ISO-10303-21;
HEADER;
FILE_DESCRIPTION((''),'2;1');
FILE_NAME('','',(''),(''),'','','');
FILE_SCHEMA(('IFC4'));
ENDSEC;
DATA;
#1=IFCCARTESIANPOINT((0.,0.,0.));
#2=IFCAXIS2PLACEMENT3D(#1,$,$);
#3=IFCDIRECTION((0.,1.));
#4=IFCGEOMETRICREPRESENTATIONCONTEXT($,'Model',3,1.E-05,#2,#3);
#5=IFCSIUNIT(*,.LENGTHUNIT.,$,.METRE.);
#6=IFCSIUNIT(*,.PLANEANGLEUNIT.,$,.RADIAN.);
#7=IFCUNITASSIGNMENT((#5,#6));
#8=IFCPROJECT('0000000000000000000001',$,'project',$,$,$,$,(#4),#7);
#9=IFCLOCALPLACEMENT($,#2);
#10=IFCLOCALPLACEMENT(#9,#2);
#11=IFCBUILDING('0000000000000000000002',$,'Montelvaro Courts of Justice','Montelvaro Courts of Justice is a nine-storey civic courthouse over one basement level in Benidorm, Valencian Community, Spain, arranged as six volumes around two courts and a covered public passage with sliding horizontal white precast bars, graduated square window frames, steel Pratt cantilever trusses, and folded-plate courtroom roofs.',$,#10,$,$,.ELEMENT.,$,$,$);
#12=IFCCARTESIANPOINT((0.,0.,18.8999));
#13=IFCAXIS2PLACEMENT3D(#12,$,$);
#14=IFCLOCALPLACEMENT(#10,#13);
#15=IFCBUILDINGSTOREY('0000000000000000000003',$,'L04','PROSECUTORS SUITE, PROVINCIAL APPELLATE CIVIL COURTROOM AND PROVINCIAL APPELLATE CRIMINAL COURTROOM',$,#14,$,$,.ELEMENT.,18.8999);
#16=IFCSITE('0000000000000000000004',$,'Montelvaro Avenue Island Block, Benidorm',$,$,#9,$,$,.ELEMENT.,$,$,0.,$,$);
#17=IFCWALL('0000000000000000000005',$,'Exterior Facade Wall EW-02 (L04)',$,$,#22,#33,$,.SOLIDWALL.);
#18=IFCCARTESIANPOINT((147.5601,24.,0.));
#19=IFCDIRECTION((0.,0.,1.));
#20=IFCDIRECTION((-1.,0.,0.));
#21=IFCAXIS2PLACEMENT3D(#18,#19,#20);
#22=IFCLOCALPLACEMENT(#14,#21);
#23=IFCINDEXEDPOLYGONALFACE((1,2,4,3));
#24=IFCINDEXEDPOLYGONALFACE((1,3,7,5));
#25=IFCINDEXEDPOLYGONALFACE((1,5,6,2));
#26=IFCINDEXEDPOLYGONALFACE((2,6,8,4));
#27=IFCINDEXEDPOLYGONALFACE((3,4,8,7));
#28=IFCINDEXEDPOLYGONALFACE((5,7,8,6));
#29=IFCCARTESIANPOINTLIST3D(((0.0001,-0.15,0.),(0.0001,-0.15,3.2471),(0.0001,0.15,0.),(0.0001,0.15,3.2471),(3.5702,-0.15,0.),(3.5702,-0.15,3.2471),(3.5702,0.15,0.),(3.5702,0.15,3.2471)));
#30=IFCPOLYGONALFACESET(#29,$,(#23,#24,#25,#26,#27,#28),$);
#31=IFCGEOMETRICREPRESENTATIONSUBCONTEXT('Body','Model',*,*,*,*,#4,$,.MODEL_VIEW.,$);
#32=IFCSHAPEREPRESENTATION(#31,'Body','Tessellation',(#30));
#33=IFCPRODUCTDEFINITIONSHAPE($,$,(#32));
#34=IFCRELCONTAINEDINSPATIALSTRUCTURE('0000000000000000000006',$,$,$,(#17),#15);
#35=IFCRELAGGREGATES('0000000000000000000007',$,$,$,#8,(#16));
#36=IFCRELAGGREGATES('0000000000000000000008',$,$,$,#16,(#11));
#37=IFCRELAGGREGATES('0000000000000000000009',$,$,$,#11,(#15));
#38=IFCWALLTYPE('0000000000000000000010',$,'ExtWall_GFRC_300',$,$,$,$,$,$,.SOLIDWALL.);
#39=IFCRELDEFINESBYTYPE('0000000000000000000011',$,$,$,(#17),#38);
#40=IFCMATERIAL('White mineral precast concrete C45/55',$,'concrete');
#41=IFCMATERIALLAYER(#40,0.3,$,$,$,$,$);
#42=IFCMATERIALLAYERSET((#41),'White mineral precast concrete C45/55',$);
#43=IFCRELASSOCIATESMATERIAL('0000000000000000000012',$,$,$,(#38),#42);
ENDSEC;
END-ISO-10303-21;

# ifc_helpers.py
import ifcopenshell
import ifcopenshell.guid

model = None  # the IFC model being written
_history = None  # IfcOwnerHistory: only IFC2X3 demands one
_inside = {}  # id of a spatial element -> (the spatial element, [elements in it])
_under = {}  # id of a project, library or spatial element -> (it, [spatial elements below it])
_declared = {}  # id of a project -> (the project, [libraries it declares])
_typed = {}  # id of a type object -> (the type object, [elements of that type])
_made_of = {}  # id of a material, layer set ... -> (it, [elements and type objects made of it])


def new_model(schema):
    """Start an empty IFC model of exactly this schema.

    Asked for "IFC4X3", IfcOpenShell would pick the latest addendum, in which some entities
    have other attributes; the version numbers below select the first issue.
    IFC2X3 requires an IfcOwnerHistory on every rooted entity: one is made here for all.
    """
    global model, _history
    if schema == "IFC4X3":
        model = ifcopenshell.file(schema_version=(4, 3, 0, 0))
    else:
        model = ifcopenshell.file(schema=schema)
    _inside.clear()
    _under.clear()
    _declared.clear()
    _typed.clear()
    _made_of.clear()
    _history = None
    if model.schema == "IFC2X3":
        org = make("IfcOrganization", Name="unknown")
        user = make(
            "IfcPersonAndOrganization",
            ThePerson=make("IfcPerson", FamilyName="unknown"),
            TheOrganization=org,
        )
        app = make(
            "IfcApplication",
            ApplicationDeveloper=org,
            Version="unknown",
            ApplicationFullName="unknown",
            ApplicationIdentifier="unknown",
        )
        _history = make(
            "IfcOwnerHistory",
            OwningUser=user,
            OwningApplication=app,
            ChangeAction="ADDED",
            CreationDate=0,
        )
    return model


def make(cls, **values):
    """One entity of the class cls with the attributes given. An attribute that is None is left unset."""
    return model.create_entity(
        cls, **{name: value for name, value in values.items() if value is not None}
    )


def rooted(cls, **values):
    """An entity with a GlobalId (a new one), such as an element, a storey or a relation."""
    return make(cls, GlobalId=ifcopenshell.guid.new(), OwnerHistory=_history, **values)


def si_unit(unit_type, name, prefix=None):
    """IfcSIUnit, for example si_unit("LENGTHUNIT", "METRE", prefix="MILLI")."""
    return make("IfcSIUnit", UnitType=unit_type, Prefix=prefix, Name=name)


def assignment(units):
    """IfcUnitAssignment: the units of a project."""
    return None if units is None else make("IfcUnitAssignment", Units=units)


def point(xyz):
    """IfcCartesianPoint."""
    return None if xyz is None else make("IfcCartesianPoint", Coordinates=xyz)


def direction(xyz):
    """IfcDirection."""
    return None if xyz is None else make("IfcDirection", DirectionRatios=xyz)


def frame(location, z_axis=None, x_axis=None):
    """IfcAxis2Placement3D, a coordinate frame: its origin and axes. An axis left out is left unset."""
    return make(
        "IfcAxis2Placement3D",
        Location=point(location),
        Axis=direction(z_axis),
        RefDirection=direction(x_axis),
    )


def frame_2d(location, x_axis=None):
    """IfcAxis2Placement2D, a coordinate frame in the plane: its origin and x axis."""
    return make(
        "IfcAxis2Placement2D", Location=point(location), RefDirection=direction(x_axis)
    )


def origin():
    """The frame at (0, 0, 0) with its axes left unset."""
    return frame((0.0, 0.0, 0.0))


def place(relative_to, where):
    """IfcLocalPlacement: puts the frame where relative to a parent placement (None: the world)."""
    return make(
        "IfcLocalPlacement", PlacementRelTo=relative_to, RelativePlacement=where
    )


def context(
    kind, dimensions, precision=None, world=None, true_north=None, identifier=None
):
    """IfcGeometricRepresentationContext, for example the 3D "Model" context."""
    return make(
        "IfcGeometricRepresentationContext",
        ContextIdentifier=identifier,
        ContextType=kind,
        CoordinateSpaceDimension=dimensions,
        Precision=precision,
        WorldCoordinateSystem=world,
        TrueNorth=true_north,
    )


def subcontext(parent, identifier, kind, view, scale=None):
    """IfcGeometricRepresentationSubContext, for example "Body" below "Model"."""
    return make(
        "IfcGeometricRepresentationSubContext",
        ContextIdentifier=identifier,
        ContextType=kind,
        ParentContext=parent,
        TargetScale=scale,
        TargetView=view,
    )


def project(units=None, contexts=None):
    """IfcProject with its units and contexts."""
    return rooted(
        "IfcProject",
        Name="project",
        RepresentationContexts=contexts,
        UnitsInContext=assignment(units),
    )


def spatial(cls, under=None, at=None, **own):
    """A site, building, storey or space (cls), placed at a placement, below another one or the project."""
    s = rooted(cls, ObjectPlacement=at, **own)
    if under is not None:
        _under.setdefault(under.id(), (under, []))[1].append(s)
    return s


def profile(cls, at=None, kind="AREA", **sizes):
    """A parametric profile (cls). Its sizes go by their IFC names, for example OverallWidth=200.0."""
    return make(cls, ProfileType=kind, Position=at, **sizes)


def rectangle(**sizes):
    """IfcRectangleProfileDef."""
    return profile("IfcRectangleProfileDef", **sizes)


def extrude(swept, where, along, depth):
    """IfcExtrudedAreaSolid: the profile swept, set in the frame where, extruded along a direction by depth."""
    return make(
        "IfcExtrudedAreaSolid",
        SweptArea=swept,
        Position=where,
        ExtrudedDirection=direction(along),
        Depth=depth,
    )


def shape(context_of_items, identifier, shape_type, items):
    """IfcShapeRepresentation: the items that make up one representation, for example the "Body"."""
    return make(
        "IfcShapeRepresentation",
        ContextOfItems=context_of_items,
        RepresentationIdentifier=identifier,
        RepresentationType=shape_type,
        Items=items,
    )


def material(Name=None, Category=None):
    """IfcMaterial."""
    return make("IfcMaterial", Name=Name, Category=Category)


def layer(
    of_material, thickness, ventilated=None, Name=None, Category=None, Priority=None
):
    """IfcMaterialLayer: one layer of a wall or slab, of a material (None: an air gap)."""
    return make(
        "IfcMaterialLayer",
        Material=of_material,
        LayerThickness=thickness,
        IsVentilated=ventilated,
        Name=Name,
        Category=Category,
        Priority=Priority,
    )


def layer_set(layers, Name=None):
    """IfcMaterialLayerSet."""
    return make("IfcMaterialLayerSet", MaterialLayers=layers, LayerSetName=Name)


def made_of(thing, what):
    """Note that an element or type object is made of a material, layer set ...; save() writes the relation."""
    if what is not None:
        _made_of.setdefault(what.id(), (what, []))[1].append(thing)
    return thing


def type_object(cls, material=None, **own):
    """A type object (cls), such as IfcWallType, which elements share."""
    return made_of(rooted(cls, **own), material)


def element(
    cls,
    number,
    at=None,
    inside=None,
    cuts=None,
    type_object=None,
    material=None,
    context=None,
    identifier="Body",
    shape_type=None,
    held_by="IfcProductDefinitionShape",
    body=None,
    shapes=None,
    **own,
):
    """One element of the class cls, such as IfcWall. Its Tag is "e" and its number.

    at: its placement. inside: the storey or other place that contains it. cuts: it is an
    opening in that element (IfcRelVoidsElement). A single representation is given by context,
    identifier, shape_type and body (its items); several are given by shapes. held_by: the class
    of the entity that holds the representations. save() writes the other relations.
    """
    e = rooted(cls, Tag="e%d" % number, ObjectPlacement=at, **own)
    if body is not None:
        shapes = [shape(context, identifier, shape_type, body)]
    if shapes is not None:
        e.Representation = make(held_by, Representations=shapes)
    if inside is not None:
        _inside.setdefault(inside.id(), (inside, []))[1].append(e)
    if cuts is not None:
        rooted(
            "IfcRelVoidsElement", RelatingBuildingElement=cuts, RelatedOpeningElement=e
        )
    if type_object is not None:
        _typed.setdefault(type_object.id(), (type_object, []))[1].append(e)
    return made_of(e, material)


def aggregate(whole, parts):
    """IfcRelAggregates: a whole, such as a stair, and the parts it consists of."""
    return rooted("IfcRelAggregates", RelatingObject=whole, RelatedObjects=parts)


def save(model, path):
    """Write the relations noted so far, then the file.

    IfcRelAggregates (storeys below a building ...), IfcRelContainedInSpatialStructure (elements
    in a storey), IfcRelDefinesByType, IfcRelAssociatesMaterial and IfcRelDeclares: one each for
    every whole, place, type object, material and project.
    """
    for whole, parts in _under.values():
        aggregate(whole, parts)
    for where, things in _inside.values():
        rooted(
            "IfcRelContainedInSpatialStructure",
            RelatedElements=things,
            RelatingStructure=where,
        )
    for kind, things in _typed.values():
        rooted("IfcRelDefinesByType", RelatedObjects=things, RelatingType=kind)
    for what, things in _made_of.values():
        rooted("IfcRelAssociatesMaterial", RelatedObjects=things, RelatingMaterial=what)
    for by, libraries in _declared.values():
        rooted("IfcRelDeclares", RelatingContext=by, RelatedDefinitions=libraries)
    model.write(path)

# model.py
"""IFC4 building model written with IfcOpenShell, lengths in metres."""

from ifc_helpers import new_model, si_unit, direction, frame, frame_2d, origin, place, context, subcontext, project, spatial, rectangle, extrude, material, layer, layer_set, type_object, element, save


model = new_model("IFC4")

# Units and contexts
model_context = context("Model", 3, precision=1e-05, world=origin(), true_north=direction((0.0, 1.0)))
body_context = subcontext(model_context, "Body", "Model", "MODEL_VIEW")
ifc_project = project(units=[si_unit("LENGTHUNIT", "METRE"), si_unit("PLANEANGLEUNIT", "RADIAN")], contexts=[model_context])

# Site, building, storey
site_placement = place(None, origin())
site = spatial("IfcSite", under=ifc_project, at=site_placement, Name="Montelvaro Avenue Island Block, Benidorm", CompositionType="ELEMENT", RefElevation=0.0)
building_placement = place(site_placement, origin())
building = spatial("IfcBuilding", under=site, at=building_placement, Name="Montelvaro Courts of Justice", Description="Montelvaro Courts of Justice is a nine-storey civic courthouse over one basement level in Benidorm, Valencian Community, Spain, arranged as six volumes around two courts and a covered public passage with sliding horizontal white precast bars, graduated square window frames, steel Pratt cantilever trusses, and folded-plate courtroom roofs.", CompositionType="ELEMENT")
storey_placement = place(building_placement, frame((0.0, 0.0, 18.8999)))
storey = spatial("IfcBuildingStorey", under=building, at=storey_placement, Name="L04", Description="PROSECUTORS SUITE, PROVINCIAL APPELLATE CIVIL COURTROOM AND PROVINCIAL APPELLATE CRIMINAL COURTROOM", CompositionType="ELEMENT", Elevation=18.8999)

# Shared definitions
ifc_material_1 = material(Name="White mineral precast concrete C45/55", Category="concrete")

# Wall
ifc_layer_1 = layer(ifc_material_1, 0.3)
ifc_layer_set_1 = layer_set([ifc_layer_1], Name="White mineral precast concrete C45/55")
wall_type_1 = type_object("IfcWallType", Name="ExtWall_GFRC_300", PredefinedType="SOLIDWALL", material=ifc_layer_set_1)
wall_1_placement = place(storey_placement, frame((147.5601, 24.0, 0.0), z_axis=(0.0, 0.0, 1.0), x_axis=(-1.0, 0.0, 0.0)))
element("IfcWall", 1, at=wall_1_placement, inside=storey, type_object=wall_type_1, Name="Exterior Facade Wall EW-02 (L04)", PredefinedType="SOLIDWALL", context=body_context, shape_type="SweptSolid", body=[
    extrude(rectangle(XDim=3.5701, YDim=0.3, at=frame_2d((1.7852, 0.0))), origin(), (0.0, 0.0, 1.0), 3.2471),
])

save(model, "model.ifc")
